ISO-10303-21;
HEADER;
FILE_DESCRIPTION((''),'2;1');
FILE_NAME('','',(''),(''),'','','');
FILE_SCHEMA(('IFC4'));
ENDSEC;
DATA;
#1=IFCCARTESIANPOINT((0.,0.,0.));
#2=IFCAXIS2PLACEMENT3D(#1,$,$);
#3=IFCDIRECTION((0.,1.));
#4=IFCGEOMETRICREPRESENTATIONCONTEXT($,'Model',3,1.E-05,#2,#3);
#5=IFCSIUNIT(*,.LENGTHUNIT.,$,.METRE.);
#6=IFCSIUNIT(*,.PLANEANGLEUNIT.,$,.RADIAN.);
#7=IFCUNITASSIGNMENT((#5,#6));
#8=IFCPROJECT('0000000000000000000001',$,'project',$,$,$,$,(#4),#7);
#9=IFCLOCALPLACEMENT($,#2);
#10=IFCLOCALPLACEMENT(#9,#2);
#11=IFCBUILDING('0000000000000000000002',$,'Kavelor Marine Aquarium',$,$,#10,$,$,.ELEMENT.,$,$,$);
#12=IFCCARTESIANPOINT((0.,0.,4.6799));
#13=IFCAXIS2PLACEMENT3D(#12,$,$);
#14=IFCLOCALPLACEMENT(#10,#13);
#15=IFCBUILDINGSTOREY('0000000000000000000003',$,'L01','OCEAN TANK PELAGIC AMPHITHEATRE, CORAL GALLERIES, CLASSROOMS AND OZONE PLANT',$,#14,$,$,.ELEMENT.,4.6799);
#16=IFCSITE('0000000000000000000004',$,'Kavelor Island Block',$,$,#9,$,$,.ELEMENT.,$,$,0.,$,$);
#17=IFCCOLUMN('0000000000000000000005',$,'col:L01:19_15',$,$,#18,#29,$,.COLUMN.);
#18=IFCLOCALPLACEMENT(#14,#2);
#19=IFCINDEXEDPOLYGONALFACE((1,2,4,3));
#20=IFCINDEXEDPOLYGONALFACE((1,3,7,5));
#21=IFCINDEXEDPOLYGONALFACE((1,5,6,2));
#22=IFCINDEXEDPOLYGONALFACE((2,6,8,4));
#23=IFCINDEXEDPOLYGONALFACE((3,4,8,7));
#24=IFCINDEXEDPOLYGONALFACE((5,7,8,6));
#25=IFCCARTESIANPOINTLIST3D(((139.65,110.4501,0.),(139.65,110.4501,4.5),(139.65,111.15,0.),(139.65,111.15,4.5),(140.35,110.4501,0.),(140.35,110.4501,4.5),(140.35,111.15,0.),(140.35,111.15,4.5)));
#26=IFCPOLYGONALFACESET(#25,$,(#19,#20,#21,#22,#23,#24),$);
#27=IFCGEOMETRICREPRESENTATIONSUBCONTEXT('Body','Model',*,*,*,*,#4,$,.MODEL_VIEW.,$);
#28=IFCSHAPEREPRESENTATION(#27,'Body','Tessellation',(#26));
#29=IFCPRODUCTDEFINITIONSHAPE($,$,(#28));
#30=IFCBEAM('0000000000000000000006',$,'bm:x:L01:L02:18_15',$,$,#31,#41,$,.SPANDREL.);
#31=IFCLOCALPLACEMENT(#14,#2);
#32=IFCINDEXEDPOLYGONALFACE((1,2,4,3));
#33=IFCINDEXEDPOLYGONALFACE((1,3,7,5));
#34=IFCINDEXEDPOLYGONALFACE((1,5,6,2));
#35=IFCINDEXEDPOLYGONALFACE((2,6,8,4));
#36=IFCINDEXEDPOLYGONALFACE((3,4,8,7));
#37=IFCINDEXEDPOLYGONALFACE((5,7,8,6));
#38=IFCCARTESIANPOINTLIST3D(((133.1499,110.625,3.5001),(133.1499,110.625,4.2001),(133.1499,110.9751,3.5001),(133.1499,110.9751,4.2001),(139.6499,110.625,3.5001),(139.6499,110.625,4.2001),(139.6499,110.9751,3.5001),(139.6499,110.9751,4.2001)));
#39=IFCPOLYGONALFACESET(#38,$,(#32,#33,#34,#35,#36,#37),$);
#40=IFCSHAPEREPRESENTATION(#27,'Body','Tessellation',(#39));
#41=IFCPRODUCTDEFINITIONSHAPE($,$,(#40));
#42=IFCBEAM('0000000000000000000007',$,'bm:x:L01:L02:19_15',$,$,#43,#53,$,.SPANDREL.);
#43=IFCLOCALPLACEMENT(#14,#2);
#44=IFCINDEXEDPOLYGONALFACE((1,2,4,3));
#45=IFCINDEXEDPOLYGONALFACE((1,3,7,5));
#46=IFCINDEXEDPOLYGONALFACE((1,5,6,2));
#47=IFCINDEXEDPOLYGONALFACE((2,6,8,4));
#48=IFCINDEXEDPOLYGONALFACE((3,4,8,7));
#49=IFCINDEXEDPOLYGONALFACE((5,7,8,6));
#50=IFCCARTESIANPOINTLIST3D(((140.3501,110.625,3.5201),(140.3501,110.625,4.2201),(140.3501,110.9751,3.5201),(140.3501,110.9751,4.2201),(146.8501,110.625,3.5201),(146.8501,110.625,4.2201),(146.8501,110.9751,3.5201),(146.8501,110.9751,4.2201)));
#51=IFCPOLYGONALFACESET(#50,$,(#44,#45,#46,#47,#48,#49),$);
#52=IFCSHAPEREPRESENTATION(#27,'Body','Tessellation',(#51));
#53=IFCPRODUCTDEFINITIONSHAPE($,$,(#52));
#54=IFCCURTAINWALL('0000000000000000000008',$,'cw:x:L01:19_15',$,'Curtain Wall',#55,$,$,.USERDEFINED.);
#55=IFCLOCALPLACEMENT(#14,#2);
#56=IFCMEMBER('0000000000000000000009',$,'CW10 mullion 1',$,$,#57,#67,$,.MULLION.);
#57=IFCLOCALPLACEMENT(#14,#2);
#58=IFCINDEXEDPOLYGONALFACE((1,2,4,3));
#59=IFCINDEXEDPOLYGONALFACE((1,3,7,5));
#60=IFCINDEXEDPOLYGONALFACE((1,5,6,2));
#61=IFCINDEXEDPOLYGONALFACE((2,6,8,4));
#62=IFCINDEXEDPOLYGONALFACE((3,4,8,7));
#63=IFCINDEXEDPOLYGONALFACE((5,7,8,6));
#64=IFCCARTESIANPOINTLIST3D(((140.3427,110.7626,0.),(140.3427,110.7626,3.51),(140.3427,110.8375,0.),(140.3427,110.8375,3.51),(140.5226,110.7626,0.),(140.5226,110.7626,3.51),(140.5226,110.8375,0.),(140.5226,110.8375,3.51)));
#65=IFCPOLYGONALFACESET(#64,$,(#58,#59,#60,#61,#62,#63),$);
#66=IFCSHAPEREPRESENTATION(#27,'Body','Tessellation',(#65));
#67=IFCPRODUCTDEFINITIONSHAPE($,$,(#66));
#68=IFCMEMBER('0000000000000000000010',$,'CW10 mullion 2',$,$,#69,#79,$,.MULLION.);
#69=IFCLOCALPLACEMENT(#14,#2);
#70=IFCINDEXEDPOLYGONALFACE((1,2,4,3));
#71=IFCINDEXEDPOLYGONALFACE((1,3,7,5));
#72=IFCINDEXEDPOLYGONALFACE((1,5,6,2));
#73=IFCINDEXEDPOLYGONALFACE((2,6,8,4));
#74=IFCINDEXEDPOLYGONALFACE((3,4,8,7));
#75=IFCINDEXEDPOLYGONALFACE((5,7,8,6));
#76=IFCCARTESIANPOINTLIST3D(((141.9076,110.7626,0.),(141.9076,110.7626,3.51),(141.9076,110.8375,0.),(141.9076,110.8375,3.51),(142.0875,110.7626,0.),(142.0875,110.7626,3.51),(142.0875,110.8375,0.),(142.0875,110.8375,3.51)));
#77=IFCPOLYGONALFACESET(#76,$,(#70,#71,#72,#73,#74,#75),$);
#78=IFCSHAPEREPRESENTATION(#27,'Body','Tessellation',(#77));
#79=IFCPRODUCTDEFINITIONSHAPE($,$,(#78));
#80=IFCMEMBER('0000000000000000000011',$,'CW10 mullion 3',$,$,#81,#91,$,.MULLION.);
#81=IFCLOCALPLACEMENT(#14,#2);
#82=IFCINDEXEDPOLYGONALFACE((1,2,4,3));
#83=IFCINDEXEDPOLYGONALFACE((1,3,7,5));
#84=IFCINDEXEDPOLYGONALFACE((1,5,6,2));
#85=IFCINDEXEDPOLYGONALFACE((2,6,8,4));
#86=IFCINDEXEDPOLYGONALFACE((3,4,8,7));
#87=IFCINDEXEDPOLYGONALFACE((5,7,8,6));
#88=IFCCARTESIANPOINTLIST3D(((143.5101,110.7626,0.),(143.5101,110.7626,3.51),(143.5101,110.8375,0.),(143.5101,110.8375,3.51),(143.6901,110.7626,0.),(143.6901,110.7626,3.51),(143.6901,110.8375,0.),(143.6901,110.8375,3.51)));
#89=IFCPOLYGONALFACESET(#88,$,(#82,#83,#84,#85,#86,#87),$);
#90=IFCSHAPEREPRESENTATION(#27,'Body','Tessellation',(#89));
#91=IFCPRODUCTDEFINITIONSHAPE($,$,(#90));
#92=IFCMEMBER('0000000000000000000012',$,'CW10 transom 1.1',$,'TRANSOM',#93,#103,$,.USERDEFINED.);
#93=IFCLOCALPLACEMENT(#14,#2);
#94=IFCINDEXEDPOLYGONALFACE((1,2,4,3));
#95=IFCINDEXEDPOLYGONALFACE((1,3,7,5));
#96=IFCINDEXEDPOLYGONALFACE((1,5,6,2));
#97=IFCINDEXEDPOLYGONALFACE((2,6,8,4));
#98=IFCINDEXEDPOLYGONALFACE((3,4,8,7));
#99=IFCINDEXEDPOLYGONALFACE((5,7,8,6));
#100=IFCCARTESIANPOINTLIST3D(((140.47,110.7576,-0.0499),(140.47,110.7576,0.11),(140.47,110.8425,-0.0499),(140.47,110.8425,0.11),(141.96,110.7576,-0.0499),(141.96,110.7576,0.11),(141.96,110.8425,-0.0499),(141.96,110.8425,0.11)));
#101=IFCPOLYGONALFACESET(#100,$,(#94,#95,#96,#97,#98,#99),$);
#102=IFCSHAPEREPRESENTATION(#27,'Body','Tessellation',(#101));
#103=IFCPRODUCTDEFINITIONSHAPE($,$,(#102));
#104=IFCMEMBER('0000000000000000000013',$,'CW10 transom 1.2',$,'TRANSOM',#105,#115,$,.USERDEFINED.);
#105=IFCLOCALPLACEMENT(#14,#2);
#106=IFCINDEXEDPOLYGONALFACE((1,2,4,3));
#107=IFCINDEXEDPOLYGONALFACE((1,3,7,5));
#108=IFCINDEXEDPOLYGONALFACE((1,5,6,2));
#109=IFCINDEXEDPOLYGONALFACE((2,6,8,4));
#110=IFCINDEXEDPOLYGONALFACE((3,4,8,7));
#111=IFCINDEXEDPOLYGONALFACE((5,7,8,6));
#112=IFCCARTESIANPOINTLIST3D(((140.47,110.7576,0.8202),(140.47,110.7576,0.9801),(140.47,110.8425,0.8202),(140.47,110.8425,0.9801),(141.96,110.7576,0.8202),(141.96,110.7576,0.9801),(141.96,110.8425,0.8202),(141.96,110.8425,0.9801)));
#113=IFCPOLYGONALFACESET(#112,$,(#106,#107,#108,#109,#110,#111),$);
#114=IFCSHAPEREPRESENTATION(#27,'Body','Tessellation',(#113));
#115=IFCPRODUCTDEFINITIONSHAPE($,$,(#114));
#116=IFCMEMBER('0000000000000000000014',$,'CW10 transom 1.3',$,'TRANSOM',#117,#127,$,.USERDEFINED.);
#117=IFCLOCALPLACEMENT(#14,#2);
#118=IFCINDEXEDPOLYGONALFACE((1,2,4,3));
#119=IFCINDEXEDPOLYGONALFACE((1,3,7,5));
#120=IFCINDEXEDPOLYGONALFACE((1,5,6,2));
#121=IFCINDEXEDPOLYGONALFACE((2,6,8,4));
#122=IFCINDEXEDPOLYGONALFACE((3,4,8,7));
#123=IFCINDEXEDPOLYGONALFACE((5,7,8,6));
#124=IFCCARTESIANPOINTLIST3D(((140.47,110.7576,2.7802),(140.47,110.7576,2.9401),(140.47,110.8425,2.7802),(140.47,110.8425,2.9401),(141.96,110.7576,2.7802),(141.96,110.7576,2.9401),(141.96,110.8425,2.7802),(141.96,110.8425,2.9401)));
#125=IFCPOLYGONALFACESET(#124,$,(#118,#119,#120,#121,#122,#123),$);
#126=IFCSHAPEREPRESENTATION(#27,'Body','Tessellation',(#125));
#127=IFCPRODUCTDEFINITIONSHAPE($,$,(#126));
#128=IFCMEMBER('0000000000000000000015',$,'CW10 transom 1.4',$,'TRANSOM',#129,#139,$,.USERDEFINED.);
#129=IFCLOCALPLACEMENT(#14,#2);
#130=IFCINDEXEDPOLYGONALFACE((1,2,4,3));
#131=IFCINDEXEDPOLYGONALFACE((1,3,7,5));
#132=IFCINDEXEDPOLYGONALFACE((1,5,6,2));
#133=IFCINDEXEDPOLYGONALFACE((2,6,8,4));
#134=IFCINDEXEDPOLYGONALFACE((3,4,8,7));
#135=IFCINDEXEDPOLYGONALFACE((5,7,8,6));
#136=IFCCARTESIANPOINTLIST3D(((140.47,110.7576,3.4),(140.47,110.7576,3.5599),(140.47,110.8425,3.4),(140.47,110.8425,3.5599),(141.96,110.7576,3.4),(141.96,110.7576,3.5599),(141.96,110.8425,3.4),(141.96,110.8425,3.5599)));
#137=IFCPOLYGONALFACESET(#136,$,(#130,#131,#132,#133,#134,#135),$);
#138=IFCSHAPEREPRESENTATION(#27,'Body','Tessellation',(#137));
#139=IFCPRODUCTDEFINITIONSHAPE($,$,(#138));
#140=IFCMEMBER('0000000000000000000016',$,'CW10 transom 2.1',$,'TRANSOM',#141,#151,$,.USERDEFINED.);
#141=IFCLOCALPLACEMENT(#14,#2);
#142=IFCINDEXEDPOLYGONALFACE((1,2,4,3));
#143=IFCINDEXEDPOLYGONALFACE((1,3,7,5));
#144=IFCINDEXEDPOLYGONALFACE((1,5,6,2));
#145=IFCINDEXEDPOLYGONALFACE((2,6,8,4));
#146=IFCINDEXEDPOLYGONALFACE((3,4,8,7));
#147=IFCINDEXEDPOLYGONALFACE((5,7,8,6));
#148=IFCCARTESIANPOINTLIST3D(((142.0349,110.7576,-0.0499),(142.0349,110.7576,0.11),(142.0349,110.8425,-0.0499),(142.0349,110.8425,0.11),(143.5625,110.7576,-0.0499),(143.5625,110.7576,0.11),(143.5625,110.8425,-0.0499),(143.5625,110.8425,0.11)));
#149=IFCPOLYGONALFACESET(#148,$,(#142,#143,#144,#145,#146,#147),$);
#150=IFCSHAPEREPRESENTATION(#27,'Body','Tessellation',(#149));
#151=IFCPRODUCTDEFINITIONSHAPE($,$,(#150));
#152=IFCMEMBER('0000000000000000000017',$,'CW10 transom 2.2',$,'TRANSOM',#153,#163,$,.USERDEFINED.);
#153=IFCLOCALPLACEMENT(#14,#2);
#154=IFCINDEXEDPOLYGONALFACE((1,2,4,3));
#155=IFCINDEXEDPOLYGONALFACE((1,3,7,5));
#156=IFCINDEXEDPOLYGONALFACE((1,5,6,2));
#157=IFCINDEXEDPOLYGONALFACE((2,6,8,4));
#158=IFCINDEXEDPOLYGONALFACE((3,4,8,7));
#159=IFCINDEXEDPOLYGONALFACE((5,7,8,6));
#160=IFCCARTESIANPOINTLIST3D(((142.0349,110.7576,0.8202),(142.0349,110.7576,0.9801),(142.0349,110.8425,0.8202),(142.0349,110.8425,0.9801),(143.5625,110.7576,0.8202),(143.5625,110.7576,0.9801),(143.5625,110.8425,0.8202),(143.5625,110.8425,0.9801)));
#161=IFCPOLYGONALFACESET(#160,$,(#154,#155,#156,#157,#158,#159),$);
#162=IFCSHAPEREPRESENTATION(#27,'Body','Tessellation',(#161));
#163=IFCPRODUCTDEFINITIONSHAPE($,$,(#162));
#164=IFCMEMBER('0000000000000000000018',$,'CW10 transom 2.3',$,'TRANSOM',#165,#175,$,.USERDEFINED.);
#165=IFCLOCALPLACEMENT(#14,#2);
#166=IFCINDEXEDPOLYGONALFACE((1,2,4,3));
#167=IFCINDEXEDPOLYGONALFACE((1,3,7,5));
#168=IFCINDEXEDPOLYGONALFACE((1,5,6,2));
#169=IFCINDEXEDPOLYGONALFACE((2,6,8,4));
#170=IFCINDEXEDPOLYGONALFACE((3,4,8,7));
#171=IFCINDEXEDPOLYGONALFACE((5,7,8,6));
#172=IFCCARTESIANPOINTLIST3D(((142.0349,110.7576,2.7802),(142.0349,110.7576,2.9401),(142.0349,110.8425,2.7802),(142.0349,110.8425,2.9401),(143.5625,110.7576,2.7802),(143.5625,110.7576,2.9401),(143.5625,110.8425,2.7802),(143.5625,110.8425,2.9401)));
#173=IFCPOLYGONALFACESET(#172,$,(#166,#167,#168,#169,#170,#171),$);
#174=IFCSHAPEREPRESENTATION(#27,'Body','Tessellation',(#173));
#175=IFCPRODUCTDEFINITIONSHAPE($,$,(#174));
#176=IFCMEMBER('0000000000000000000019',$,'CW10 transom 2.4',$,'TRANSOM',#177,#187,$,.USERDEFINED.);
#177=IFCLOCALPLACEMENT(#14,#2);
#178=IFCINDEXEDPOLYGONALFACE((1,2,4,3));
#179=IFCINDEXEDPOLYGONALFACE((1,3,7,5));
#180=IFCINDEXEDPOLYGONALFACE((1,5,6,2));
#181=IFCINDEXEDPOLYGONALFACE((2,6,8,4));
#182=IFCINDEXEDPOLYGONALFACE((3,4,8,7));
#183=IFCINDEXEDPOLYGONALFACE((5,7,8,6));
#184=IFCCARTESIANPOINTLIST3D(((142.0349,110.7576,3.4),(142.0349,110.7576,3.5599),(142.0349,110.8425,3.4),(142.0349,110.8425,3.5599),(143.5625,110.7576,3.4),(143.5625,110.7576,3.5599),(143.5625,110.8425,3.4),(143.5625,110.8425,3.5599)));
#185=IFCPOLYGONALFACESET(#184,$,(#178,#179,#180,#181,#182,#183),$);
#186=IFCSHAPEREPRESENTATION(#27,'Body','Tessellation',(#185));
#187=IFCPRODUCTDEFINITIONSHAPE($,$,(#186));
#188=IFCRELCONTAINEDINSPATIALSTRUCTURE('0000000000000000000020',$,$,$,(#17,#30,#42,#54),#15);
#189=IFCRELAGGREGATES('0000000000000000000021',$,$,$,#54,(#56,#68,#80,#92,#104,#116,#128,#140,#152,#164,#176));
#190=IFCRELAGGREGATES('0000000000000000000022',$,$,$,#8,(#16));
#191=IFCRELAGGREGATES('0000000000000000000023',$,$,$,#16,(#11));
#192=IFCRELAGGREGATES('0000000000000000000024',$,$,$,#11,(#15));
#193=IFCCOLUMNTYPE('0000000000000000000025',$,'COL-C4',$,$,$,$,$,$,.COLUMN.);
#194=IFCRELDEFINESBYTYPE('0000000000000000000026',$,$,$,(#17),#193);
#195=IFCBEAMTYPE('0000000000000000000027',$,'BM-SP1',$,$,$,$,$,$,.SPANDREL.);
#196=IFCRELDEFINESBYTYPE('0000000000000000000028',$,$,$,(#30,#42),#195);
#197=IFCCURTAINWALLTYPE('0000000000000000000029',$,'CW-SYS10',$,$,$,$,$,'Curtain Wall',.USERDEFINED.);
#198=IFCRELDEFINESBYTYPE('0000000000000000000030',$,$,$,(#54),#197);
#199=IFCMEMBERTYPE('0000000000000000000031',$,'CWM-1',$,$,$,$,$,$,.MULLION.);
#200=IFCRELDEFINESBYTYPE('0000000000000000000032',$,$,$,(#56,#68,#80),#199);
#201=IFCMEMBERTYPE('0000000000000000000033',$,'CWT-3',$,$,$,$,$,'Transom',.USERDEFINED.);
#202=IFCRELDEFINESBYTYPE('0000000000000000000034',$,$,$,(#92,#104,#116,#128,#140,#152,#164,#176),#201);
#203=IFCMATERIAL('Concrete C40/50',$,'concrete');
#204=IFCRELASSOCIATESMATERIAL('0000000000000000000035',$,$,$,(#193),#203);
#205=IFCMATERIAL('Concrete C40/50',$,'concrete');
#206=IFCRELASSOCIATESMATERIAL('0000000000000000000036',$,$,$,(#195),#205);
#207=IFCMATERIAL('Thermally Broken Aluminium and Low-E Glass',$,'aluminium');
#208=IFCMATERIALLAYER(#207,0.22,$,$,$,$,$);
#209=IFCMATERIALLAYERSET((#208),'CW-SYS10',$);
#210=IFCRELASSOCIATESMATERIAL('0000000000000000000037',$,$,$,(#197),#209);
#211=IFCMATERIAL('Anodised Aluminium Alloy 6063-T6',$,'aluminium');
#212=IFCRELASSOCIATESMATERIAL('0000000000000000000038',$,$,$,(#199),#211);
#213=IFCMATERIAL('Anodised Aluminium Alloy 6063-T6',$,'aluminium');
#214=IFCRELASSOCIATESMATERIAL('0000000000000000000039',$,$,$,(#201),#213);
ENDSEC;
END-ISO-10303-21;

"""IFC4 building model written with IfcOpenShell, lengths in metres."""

from ifc_helpers import new_model, si_unit, direction, frame, origin, origin_2d, place, context, subcontext, project, spatial, rectangle, extrude, material, layer, layer_set, material_profile, profile_set, type_object, element, aggregate, save


model = new_model("IFC4")

# Units and contexts
model_context = context("Model", 3, precision=1e-05, world=origin(), true_north=direction((0.0, 1.0)))
body_context = subcontext(model_context, "Body", "Model", "MODEL_VIEW")
ifc_project = project(units=[si_unit("LENGTHUNIT", "METRE"), si_unit("PLANEANGLEUNIT", "RADIAN")], contexts=[model_context])

# Site, building, storey
site_placement = place(None, origin())
site = spatial("IfcSite", under=ifc_project, at=site_placement, Name="Kavelor Island Block", CompositionType="ELEMENT", RefElevation=0.0)
building_placement = place(site_placement, origin())
building = spatial("IfcBuilding", under=site, at=building_placement, Name="Kavelor Marine Aquarium", CompositionType="ELEMENT")
storey_placement = place(building_placement, frame((0.0, 0.0, 4.6799)))
storey = spatial("IfcBuildingStorey", under=building, at=storey_placement, Name="L01", Description="OCEAN TANK PELAGIC AMPHITHEATRE, CORAL GALLERIES, CLASSROOMS AND OZONE PLANT", CompositionType="ELEMENT", Elevation=4.6799)

# Column
ifc_material_1 = material(Name="Concrete C40/50", Category="concrete")
ifc_material_profile_1 = material_profile(ifc_material_1, rectangle(XDim=0.7, YDim=0.7, at=origin_2d()), Name="RC-COL 700x700")
ifc_profile_set_1 = profile_set([ifc_material_profile_1], Name="Concrete C40/50")
column_type = type_object("IfcColumnType", Name="COL-C4", PredefinedType="COLUMN", material=ifc_profile_set_1)
column_placement = place(storey_placement, frame((140.0, 110.8, 0.0), z_axis=(0.0, 0.0, 1.0), x_axis=(1.0, 0.0, 0.0)))
element("IfcColumn", 1, at=column_placement, inside=storey, type_object=column_type, Name="col:L01:19_15", PredefinedType="COLUMN", context=body_context, shape_type="SweptSolid", body=[
    extrude(rectangle(XDim=0.7, YDim=0.7, at=origin_2d()), origin(), (0.0, 0.0, 1.0), 4.5),
])

# Beams
ifc_material_2 = material(Name="Concrete C40/50", Category="concrete")
ifc_material_profile_2 = material_profile(ifc_material_2, rectangle(XDim=0.3501, YDim=0.7, at=origin_2d()), Name="RC-SP 350x700")
ifc_profile_set_2 = profile_set([ifc_material_profile_2], Name="Concrete C40/50")
beam_type = type_object("IfcBeamType", Name="BM-SP1", PredefinedType="SPANDREL", material=ifc_profile_set_2)
for number, where, z_axis, x_axis, name in (
    (2, (133.1499, 110.8, 3.8501), (1.0, 0.0, 0.0), (0.0, 1.0, 0.0), "bm:x:L01:L02:18_15"),
    (3, (140.3501, 110.8, 3.8701), (1.0, 0.0, 0.0), (0.0, 1.0, 0.0), "bm:x:L01:L02:19_15"),
):
    element("IfcBeam", number, at=place(storey_placement, frame(where, z_axis=z_axis, x_axis=x_axis)), inside=storey, type_object=beam_type, Name=name, PredefinedType="SPANDREL", context=body_context, shape_type="SweptSolid", body=[
        extrude(rectangle(XDim=0.3501, YDim=0.7, at=origin_2d()), origin(), (0.0, 0.0, 1.0), 6.5),
    ])

# Curtain wall, members
ifc_material_3 = material(Name="Thermally Broken Aluminium and Low-E Glass", Category="aluminium")
ifc_layer_1 = layer(ifc_material_3, 0.22)
ifc_layer_set_1 = layer_set([ifc_layer_1], Name="CW-SYS10")
curtain_wall_type = type_object("IfcCurtainWallType", Name="CW-SYS10", ElementType="Curtain Wall", PredefinedType="USERDEFINED", material=ifc_layer_set_1)
curtain_wall_placement = place(storey_placement, origin())
curtain_wall = element("IfcCurtainWall", 4, at=curtain_wall_placement, inside=storey, type_object=curtain_wall_type, Name="cw:x:L01:19_15", ObjectType="Curtain Wall", PredefinedType="USERDEFINED")
ifc_material_4 = material(Name="Anodised Aluminium Alloy 6063-T6", Category="aluminium")
ifc_material_profile_3 = material_profile(ifc_material_4, rectangle(XDim=0.075, YDim=0.1799, at=origin_2d()), Name="CW-MUL 75x180")
ifc_profile_set_3 = profile_set([ifc_material_profile_3], Name="Anodised Aluminium Alloy 6063-T6")
member_type_1 = type_object("IfcMemberType", Name="CWM-1", PredefinedType="MULLION", material=ifc_profile_set_3)
member_1_placement = place(storey_placement, frame((140.4326, 110.8, 0.0), z_axis=(0.0, 0.0, 1.0), x_axis=(0.0, 1.0, 0.0)))
member_1 = element("IfcMember", 5, at=member_1_placement, type_object=member_type_1, Name="CW10 mullion 1", PredefinedType="MULLION", context=body_context, shape_type="SweptSolid", body=[
    extrude(rectangle(XDim=0.075, YDim=0.1799, at=origin_2d()), origin(), (0.0, 0.0, 1.0), 3.51),
])
member_2_placement = place(storey_placement, frame((141.9976, 110.8, 0.0), z_axis=(0.0, 0.0, 1.0), x_axis=(0.0, 1.0, 0.0)))
member_2 = element("IfcMember", 6, at=member_2_placement, type_object=member_type_1, Name="CW10 mullion 2", PredefinedType="MULLION", context=body_context, shape_type="SweptSolid", body=[
    extrude(rectangle(XDim=0.075, YDim=0.1799, at=origin_2d()), origin(), (0.0, 0.0, 1.0), 3.51),
])
member_3_placement = place(storey_placement, frame((143.6001, 110.8, 0.0), z_axis=(0.0, 0.0, 1.0), x_axis=(0.0, 1.0, 0.0)))
member_3 = element("IfcMember", 7, at=member_3_placement, type_object=member_type_1, Name="CW10 mullion 3", PredefinedType="MULLION", context=body_context, shape_type="SweptSolid", body=[
    extrude(rectangle(XDim=0.075, YDim=0.1799, at=origin_2d()), origin(), (0.0, 0.0, 1.0), 3.51),
])
ifc_material_5 = material(Name="Anodised Aluminium Alloy 6063-T6", Category="aluminium")
ifc_material_profile_4 = material_profile(ifc_material_5, rectangle(XDim=0.085, YDim=0.1599, at=origin_2d()), Name="CW-TRN 85x160")
ifc_profile_set_4 = profile_set([ifc_material_profile_4], Name="Anodised Aluminium Alloy 6063-T6")
member_type_2 = type_object("IfcMemberType", Name="CWT-3", ElementType="Transom", PredefinedType="USERDEFINED", material=ifc_profile_set_4)
member_4_placement = place(storey_placement, frame((140.47, 110.8, 0.03), z_axis=(1.0, 0.0, 0.0), x_axis=(0.0, 1.0, 0.0)))
member_4 = element("IfcMember", 8, at=member_4_placement, type_object=member_type_2, Name="CW10 transom 1.1", ObjectType="TRANSOM", PredefinedType="USERDEFINED", context=body_context, shape_type="SweptSolid", body=[
    extrude(rectangle(XDim=0.085, YDim=0.1599, at=origin_2d()), origin(), (0.0, 0.0, 1.0), 1.49),
])
member_5_placement = place(storey_placement, frame((140.47, 110.8, 0.9001), z_axis=(1.0, 0.0, 0.0), x_axis=(0.0, 1.0, 0.0)))
member_5 = element("IfcMember", 9, at=member_5_placement, type_object=member_type_2, Name="CW10 transom 1.2", ObjectType="TRANSOM", PredefinedType="USERDEFINED", context=body_context, shape_type="SweptSolid", body=[
    extrude(rectangle(XDim=0.085, YDim=0.1599, at=origin_2d()), origin(), (0.0, 0.0, 1.0), 1.49),
])
member_6_placement = place(storey_placement, frame((140.47, 110.8, 2.8601), z_axis=(1.0, 0.0, 0.0), x_axis=(0.0, 1.0, 0.0)))
member_6 = element("IfcMember", 10, at=member_6_placement, type_object=member_type_2, Name="CW10 transom 1.3", ObjectType="TRANSOM", PredefinedType="USERDEFINED", context=body_context, shape_type="SweptSolid", body=[
    extrude(rectangle(XDim=0.085, YDim=0.1599, at=origin_2d()), origin(), (0.0, 0.0, 1.0), 1.49),
])
member_7_placement = place(storey_placement, frame((140.47, 110.8, 3.48), z_axis=(1.0, 0.0, 0.0), x_axis=(0.0, 1.0, 0.0)))
member_7 = element("IfcMember", 11, at=member_7_placement, type_object=member_type_2, Name="CW10 transom 1.4", ObjectType="TRANSOM", PredefinedType="USERDEFINED", context=body_context, shape_type="SweptSolid", body=[
    extrude(rectangle(XDim=0.085, YDim=0.1599, at=origin_2d()), origin(), (0.0, 0.0, 1.0), 1.49),
])
member_8_placement = place(storey_placement, frame((142.0349, 110.8, 0.03), z_axis=(1.0, 0.0, 0.0), x_axis=(0.0, 1.0, 0.0)))
member_8 = element("IfcMember", 12, at=member_8_placement, type_object=member_type_2, Name="CW10 transom 2.1", ObjectType="TRANSOM", PredefinedType="USERDEFINED", context=body_context, shape_type="SweptSolid", body=[
    extrude(rectangle(XDim=0.085, YDim=0.1599, at=origin_2d()), origin(), (0.0, 0.0, 1.0), 1.5276),
])
member_9_placement = place(storey_placement, frame((142.0349, 110.8, 0.9001), z_axis=(1.0, 0.0, 0.0), x_axis=(0.0, 1.0, 0.0)))
member_9 = element("IfcMember", 13, at=member_9_placement, type_object=member_type_2, Name="CW10 transom 2.2", ObjectType="TRANSOM", PredefinedType="USERDEFINED", context=body_context, shape_type="SweptSolid", body=[
    extrude(rectangle(XDim=0.085, YDim=0.1599, at=origin_2d()), origin(), (0.0, 0.0, 1.0), 1.5276),
])
member_10_placement = place(storey_placement, frame((142.0349, 110.8, 2.8601), z_axis=(1.0, 0.0, 0.0), x_axis=(0.0, 1.0, 0.0)))
member_10 = element("IfcMember", 14, at=member_10_placement, type_object=member_type_2, Name="CW10 transom 2.3", ObjectType="TRANSOM", PredefinedType="USERDEFINED", context=body_context, shape_type="SweptSolid", body=[
    extrude(rectangle(XDim=0.085, YDim=0.1599, at=origin_2d()), origin(), (0.0, 0.0, 1.0), 1.5276),
])
member_11_placement = place(storey_placement, frame((142.0349, 110.8, 3.48), z_axis=(1.0, 0.0, 0.0), x_axis=(0.0, 1.0, 0.0)))
member_11 = element("IfcMember", 15, at=member_11_placement, type_object=member_type_2, Name="CW10 transom 2.4", ObjectType="TRANSOM", PredefinedType="USERDEFINED", context=body_context, shape_type="SweptSolid", body=[
    extrude(rectangle(XDim=0.085, YDim=0.1599, at=origin_2d()), origin(), (0.0, 0.0, 1.0), 1.5276),
])
aggregate(curtain_wall, [member_1, member_2, member_3, member_4, member_5, member_6, member_7, member_8, member_9, member_10, member_11])

save(model, "model.ifc")
